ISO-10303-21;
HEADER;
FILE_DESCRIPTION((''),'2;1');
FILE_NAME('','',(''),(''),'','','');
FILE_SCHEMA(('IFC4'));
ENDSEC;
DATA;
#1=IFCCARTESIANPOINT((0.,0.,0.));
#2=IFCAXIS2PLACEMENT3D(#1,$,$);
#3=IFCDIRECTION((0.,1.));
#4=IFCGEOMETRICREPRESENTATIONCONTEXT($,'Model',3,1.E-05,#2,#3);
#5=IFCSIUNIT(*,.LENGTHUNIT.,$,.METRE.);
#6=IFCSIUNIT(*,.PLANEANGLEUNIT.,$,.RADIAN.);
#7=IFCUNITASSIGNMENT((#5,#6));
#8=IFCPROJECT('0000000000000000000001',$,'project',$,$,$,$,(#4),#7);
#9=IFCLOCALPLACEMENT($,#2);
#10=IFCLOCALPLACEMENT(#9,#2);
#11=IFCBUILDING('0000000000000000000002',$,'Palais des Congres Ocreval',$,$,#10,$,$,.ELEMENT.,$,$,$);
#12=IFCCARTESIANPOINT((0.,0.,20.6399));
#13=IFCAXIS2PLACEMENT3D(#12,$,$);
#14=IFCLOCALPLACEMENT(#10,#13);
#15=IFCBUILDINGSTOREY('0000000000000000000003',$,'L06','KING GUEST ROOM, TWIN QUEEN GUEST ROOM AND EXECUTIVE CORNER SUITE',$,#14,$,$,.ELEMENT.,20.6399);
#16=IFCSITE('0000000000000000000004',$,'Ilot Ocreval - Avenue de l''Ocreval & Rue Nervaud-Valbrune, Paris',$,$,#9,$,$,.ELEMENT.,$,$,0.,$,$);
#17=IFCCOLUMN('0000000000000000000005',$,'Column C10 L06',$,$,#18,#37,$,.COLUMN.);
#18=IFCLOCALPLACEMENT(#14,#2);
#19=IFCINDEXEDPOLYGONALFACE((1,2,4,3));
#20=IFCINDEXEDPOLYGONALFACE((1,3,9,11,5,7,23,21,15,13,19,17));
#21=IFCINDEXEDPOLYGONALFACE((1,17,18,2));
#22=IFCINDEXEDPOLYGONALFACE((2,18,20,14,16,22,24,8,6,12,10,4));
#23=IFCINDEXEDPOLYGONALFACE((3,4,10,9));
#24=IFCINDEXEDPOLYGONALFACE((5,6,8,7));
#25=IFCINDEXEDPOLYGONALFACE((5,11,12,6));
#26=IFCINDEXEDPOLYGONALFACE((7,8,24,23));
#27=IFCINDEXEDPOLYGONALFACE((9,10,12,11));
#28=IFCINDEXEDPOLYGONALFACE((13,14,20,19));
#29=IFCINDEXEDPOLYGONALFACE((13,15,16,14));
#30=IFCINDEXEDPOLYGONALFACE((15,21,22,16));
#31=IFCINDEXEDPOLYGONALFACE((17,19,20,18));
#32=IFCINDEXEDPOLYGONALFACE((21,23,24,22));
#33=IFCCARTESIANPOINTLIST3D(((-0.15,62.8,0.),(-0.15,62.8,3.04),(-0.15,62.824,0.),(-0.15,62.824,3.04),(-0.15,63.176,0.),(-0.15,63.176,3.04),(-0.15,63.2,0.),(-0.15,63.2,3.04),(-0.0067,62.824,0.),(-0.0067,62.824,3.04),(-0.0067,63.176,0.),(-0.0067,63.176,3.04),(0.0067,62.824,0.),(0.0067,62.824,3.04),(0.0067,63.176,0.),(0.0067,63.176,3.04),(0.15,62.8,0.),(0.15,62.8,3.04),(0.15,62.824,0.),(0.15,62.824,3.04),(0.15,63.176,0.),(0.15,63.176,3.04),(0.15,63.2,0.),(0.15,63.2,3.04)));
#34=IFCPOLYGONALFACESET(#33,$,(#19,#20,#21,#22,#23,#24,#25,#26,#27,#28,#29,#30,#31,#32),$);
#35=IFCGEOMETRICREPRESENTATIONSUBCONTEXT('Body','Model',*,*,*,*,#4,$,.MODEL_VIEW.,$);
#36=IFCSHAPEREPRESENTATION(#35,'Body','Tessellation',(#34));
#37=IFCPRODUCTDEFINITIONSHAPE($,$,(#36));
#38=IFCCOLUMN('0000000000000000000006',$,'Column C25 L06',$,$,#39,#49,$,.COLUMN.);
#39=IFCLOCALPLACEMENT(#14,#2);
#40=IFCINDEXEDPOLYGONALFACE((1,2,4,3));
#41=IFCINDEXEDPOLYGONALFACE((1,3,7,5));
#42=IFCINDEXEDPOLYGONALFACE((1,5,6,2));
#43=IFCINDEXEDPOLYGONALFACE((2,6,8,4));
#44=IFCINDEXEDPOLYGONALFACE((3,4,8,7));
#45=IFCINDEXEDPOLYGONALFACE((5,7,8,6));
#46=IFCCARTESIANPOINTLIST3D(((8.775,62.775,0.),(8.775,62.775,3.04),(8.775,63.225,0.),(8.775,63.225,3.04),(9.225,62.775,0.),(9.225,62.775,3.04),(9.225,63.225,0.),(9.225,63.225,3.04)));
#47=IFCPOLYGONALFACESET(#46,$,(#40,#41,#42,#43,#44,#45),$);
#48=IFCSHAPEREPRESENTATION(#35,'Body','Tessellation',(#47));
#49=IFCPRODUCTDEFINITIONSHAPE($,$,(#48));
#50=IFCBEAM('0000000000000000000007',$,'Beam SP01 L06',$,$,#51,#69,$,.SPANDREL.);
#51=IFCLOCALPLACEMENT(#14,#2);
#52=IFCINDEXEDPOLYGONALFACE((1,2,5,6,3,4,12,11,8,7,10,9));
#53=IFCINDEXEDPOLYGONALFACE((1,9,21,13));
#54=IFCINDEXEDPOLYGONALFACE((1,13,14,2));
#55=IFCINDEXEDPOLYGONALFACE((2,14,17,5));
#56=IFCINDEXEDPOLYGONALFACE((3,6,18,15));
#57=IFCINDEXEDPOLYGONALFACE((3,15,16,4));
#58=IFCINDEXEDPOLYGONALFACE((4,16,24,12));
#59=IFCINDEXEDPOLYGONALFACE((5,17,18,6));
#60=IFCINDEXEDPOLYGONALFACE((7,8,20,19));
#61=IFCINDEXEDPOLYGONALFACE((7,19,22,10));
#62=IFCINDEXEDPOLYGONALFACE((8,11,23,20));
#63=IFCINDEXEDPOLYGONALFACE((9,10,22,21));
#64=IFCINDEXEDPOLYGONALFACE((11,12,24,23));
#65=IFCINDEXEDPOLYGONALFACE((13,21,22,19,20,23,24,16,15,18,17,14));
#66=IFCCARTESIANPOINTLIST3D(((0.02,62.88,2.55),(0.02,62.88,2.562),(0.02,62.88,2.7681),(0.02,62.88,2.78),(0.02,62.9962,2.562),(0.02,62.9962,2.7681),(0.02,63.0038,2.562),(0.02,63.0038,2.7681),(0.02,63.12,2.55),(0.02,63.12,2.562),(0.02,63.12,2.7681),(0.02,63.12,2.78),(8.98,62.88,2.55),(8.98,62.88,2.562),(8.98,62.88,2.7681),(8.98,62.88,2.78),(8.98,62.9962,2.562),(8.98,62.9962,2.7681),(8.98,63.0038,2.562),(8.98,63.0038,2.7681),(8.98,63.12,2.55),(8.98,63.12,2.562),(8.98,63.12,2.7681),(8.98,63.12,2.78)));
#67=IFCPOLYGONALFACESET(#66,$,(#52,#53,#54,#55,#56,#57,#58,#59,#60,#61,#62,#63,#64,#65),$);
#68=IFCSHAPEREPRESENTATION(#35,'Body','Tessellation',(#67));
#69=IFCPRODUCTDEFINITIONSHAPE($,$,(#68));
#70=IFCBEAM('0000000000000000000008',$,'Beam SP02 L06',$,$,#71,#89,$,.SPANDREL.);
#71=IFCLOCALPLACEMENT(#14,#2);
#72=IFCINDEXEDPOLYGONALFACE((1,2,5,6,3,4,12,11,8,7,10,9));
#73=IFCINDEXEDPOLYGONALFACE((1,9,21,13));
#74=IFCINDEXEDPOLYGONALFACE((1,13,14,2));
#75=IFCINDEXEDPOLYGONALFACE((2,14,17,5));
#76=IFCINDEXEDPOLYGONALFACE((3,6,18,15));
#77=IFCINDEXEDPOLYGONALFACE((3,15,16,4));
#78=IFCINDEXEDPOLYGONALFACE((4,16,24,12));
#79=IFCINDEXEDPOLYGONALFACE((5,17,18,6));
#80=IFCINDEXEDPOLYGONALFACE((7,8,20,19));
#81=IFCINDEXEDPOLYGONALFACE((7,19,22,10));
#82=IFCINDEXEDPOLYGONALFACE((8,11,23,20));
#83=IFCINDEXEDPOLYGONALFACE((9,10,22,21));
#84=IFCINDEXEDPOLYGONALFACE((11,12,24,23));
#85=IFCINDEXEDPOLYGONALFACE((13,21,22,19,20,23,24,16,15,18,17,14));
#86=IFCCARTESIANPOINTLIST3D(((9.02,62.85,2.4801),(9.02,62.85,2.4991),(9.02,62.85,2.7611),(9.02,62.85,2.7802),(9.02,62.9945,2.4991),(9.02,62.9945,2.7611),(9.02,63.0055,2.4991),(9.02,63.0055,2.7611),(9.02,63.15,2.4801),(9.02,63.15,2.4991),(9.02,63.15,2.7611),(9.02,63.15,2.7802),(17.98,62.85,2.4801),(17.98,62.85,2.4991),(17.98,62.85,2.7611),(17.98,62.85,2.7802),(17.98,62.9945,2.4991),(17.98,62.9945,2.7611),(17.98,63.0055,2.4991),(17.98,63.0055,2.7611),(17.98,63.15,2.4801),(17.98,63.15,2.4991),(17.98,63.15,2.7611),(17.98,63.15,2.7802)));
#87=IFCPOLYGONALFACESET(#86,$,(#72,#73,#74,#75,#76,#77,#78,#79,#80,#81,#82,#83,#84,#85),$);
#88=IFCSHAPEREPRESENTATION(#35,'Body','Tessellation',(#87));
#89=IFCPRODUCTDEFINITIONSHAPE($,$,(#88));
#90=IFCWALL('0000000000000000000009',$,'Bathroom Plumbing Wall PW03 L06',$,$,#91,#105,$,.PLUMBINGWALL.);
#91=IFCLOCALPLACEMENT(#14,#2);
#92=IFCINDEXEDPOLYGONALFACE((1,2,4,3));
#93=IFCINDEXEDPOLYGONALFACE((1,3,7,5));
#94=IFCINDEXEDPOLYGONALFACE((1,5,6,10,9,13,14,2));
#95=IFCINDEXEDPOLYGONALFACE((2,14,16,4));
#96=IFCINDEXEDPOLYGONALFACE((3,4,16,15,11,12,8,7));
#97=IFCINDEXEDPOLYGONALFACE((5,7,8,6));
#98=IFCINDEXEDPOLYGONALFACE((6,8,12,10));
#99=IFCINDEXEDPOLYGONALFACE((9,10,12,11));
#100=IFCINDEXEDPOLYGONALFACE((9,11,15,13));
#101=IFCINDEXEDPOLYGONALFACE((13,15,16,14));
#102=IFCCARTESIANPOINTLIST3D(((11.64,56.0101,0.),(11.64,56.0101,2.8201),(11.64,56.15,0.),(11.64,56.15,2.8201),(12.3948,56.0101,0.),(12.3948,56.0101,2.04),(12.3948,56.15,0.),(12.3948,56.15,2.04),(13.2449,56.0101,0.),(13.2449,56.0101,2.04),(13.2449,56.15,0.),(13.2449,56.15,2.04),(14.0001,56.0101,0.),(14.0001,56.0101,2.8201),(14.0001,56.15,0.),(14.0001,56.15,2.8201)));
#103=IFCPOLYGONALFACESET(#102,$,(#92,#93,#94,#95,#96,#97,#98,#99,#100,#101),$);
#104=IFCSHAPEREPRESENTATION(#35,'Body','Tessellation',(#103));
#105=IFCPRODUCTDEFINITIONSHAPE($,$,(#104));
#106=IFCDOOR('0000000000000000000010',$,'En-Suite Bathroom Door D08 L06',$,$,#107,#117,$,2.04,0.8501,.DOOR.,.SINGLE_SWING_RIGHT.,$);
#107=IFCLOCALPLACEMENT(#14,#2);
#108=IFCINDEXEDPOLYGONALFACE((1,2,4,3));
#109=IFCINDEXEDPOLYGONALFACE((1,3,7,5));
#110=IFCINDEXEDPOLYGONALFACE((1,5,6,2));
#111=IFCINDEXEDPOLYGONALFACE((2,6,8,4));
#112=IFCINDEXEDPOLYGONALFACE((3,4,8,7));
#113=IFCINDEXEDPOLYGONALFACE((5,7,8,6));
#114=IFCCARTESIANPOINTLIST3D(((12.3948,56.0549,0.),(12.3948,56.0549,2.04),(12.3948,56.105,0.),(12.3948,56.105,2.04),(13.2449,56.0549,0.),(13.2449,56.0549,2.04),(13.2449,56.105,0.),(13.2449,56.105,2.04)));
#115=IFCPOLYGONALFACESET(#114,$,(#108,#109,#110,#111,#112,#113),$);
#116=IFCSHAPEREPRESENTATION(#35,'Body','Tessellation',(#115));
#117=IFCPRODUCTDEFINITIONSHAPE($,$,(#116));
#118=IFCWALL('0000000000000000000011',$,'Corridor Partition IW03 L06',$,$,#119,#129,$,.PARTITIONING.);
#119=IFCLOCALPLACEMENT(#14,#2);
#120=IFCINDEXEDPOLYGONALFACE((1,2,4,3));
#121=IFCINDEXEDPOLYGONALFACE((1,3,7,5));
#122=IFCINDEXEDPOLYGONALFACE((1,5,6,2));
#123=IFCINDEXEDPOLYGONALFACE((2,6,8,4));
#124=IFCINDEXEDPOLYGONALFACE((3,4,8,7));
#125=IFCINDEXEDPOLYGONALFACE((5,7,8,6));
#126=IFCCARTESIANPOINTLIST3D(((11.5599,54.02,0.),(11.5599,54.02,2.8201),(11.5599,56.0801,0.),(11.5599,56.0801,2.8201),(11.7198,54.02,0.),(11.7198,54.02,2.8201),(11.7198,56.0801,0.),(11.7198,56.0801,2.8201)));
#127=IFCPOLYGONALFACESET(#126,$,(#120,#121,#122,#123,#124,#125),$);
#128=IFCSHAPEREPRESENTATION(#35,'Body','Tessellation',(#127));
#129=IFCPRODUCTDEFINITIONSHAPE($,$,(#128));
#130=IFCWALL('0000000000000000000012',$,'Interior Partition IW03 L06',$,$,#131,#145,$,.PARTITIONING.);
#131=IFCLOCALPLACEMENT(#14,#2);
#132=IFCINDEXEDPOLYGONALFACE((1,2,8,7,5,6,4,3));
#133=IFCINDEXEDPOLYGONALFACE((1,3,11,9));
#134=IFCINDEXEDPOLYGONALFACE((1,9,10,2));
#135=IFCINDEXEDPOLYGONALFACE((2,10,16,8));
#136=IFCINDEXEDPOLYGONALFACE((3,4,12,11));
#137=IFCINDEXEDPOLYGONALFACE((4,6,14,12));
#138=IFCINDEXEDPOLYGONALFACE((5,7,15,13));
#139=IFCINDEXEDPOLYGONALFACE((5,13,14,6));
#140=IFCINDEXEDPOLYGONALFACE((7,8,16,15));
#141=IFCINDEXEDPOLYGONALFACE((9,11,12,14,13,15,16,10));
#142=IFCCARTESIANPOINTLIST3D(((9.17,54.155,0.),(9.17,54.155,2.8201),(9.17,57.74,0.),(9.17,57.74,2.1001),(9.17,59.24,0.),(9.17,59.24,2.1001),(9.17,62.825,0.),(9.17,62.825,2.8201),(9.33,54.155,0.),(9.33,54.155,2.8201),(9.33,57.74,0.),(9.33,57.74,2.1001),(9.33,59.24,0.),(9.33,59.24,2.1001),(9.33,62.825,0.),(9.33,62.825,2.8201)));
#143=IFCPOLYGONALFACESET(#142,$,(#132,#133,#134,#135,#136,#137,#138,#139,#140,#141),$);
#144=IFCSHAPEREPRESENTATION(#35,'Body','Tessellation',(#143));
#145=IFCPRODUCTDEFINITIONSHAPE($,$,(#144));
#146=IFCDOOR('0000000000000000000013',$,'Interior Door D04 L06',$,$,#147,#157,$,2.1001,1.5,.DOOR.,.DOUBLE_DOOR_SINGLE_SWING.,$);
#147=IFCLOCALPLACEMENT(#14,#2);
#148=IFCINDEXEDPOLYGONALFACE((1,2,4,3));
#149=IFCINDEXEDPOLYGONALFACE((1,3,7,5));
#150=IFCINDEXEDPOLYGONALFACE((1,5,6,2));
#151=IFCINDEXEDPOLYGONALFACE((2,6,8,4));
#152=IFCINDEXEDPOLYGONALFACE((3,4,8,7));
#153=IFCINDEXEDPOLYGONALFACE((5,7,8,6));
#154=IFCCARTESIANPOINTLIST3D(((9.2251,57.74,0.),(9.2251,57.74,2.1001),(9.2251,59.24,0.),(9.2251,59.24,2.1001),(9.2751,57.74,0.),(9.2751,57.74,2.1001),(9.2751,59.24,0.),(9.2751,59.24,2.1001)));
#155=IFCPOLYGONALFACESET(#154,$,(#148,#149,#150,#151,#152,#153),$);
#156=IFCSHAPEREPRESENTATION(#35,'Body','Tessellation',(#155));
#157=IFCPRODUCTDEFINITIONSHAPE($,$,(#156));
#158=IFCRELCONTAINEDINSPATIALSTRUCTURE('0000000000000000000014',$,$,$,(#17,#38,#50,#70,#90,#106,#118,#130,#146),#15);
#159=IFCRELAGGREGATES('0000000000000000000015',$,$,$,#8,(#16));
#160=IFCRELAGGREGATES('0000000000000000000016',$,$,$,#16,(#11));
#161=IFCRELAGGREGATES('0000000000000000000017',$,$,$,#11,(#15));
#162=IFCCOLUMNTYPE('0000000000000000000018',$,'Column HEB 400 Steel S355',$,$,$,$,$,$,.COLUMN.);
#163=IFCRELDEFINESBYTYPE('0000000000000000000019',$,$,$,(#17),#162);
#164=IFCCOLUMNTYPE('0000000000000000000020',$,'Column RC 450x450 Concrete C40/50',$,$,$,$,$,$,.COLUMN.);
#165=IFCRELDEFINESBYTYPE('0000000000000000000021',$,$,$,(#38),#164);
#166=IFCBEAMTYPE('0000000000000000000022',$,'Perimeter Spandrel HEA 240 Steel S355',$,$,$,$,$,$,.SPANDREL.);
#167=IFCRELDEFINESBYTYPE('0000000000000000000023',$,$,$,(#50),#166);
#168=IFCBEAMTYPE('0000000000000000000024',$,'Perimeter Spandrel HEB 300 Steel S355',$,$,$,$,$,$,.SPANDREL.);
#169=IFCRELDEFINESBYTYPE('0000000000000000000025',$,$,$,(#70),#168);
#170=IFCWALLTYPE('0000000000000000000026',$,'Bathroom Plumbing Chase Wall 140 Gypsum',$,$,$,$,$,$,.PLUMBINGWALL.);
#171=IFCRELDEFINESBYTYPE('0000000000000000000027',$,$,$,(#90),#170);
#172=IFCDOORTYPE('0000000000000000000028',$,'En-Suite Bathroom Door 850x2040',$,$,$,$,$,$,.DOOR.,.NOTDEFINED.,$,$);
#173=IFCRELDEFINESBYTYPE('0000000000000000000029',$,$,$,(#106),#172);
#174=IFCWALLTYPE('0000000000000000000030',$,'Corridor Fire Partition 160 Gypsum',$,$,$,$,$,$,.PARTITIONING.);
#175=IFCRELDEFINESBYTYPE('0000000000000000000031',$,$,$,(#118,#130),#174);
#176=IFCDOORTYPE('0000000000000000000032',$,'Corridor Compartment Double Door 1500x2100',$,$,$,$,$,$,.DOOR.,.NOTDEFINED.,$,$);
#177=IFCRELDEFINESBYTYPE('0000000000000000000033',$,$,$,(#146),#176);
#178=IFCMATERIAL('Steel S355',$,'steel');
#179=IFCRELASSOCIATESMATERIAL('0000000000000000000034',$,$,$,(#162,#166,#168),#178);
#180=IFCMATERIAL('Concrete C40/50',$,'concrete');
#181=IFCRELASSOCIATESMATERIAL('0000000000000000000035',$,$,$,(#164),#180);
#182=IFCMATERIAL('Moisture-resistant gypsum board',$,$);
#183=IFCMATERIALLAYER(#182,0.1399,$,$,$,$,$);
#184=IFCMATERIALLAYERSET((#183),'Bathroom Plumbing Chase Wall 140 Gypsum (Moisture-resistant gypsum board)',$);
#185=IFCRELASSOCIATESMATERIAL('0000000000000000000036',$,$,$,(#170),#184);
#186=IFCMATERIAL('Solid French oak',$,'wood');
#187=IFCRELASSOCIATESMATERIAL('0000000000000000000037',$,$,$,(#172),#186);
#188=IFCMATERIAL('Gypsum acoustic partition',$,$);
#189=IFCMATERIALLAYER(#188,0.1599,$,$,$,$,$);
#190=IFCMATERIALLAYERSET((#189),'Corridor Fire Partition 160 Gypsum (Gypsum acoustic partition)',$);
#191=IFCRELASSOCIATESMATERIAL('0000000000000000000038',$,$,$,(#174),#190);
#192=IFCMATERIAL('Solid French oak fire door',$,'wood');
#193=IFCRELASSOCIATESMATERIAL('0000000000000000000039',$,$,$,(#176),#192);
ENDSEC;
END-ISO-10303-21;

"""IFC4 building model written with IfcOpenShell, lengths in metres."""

from ifc_helpers import new_model, si_unit, direction, frame, frame_2d, origin, origin_2d, place, context, subcontext, project, spatial, rectangle, i_section, extrude, material, layer, layer_set, material_profile, profile_set, type_object, element, fill, save


model = new_model("IFC4")

# Units and contexts
model_context = context("Model", 3, precision=1e-05, world=origin(), true_north=direction((0.0, 1.0)))
body_context = subcontext(model_context, "Body", "Model", "MODEL_VIEW")
ifc_project = project(units=[si_unit("LENGTHUNIT", "METRE"), si_unit("PLANEANGLEUNIT", "RADIAN")], contexts=[model_context])

# Site, building, storey
site_placement = place(None, origin())
site = spatial("IfcSite", under=ifc_project, at=site_placement, Name="Ilot Ocreval - Avenue de l'Ocreval & Rue Nervaud-Valbrune, Paris", CompositionType="ELEMENT", RefElevation=0.0)
building_placement = place(site_placement, origin())
building = spatial("IfcBuilding", under=site, at=building_placement, Name="Palais des Congres Ocreval", CompositionType="ELEMENT")
storey_placement = place(building_placement, frame((0.0, 0.0, 20.6399)))
storey = spatial("IfcBuildingStorey", under=building, at=storey_placement, Name="L06", Description="KING GUEST ROOM, TWIN QUEEN GUEST ROOM AND EXECUTIVE CORNER SUITE", CompositionType="ELEMENT", Elevation=20.6399)

# Columns
ifc_material_1 = material(Name="Steel S355", Category="steel")
ifc_material_profile_1 = material_profile(ifc_material_1, i_section(OverallWidth=0.3, OverallDepth=0.3999, WebThickness=0.0134, FlangeThickness=0.0239, at=origin_2d()), Name="HEB 400")
ifc_profile_set_1 = profile_set([ifc_material_profile_1], Name="Steel S355")
column_type_1 = type_object("IfcColumnType", Name="Column HEB 400 Steel S355", PredefinedType="COLUMN", material=ifc_profile_set_1)
column_1_placement = place(storey_placement, frame((0.0, 63.0, 0.0), z_axis=(0.0, 0.0, 1.0), x_axis=(1.0, 0.0, 0.0)))
element("IfcColumn", 1, at=column_1_placement, inside=storey, type_object=column_type_1, Name="Column C10 L06", PredefinedType="COLUMN", context=body_context, shape_type="SweptSolid", body=[
    extrude(i_section(OverallWidth=0.3, OverallDepth=0.3999, WebThickness=0.0134, FlangeThickness=0.0239, at=origin_2d()), origin(), (0.0, 0.0, 1.0), 3.04),
])
ifc_material_2 = material(Name="Concrete C40/50", Category="concrete")
ifc_material_profile_2 = material_profile(ifc_material_2, rectangle(XDim=0.45, YDim=0.45, at=origin_2d()), Name="RC 450x450")
ifc_profile_set_2 = profile_set([ifc_material_profile_2], Name="Concrete C40/50")
column_type_2 = type_object("IfcColumnType", Name="Column RC 450x450 Concrete C40/50", PredefinedType="COLUMN", material=ifc_profile_set_2)
column_2_placement = place(storey_placement, frame((9.0, 63.0, 0.0), z_axis=(0.0, 0.0, 1.0), x_axis=(1.0, 0.0, 0.0)))
element("IfcColumn", 2, at=column_2_placement, inside=storey, type_object=column_type_2, Name="Column C25 L06", PredefinedType="COLUMN", context=body_context, shape_type="SweptSolid", body=[
    extrude(rectangle(XDim=0.45, YDim=0.45, at=origin_2d()), origin(), (0.0, 0.0, 1.0), 3.04),
])

# Beams
ifc_material_profile_3 = material_profile(ifc_material_1, i_section(OverallWidth=0.24, OverallDepth=0.23, WebThickness=0.0076, FlangeThickness=0.012, at=origin_2d()), Name="HEA 240")
ifc_profile_set_3 = profile_set([ifc_material_profile_3], Name="Steel S355")
beam_type_1 = type_object("IfcBeamType", Name="Perimeter Spandrel HEA 240 Steel S355", PredefinedType="SPANDREL", material=ifc_profile_set_3)
beam_1_placement = place(storey_placement, frame((0.02, 63.0, 2.665), z_axis=(1.0, 0.0, 0.0), x_axis=(0.0, 1.0, 0.0)))
element("IfcBeam", 3, at=beam_1_placement, inside=storey, type_object=beam_type_1, Name="Beam SP01 L06", PredefinedType="SPANDREL", context=body_context, shape_type="SweptSolid", body=[
    extrude(i_section(OverallWidth=0.24, OverallDepth=0.23, WebThickness=0.0076, FlangeThickness=0.012, at=origin_2d()), origin(), (0.0, 0.0, 1.0), 8.96),
])
ifc_material_profile_4 = material_profile(ifc_material_1, i_section(OverallWidth=0.3, OverallDepth=0.3, WebThickness=0.011, FlangeThickness=0.019, at=origin_2d()), Name="HEB 300")
ifc_profile_set_4 = profile_set([ifc_material_profile_4], Name="Steel S355")
beam_type_2 = type_object("IfcBeamType", Name="Perimeter Spandrel HEB 300 Steel S355", PredefinedType="SPANDREL", material=ifc_profile_set_4)
beam_2_placement = place(storey_placement, frame((9.02, 63.0, 2.6301), z_axis=(1.0, 0.0, 0.0), x_axis=(0.0, 1.0, 0.0)))
element("IfcBeam", 4, at=beam_2_placement, inside=storey, type_object=beam_type_2, Name="Beam SP02 L06", PredefinedType="SPANDREL", context=body_context, shape_type="SweptSolid", body=[
    extrude(i_section(OverallWidth=0.3, OverallDepth=0.3, WebThickness=0.011, FlangeThickness=0.019, at=origin_2d()), origin(), (0.0, 0.0, 1.0), 8.96),
])

# Wall, opening, door
ifc_material_3 = material(Name="Moisture-resistant gypsum board")
ifc_layer_1 = layer(ifc_material_3, 0.1399)
ifc_layer_set_1 = layer_set([ifc_layer_1], Name="Bathroom Plumbing Chase Wall 140 Gypsum (Moisture-resistant gypsum board)")
wall_type_1 = type_object("IfcWallType", Name="Bathroom Plumbing Chase Wall 140 Gypsum", PredefinedType="PLUMBINGWALL", material=ifc_layer_set_1)
wall_1_placement = place(storey_placement, frame((11.6399, 56.0801, 0.0), z_axis=(0.0, 0.0, 1.0), x_axis=(1.0, 0.0, 0.0)))
wall_1 = element("IfcWall", 5, at=wall_1_placement, inside=storey, type_object=wall_type_1, Name="Bathroom Plumbing Wall PW03 L06", PredefinedType="PLUMBINGWALL", context=body_context, shape_type="SweptSolid", body=[
    extrude(rectangle(XDim=2.3601, YDim=0.1399, at=frame_2d((1.1802, 0.0))), origin(), (0.0, 0.0, 1.0), 2.8201),
])
opening_1_placement = place(wall_1_placement, frame((0.7549, 0.0, 0.0)))
opening_1 = element("IfcOpeningElement", 6, at=opening_1_placement, cuts=wall_1, PredefinedType="OPENING", context=body_context, shape_type="SweptSolid", body=[
    extrude(rectangle(XDim=0.8501, YDim=2.04, at=frame_2d((0.425, 1.02))), frame((0.0, 0.0798, 0.0), z_axis=(0.0, -1.0, 0.0), x_axis=(1.0, 0.0, 0.0)), (0.0, 0.0, 1.0), 0.1599),
])
ifc_material_4 = material(Name="Solid French oak", Category="wood")
door_type_1 = type_object("IfcDoorType", Name="En-Suite Bathroom Door 850x2040", OperationType="NOTDEFINED", PredefinedType="DOOR", material=ifc_material_4)
door_1_placement = place(opening_1_placement, origin())
door_1 = element("IfcDoor", 7, at=door_1_placement, inside=storey, type_object=door_type_1, Name="En-Suite Bathroom Door D08 L06", OperationType="SINGLE_SWING_RIGHT", OverallHeight=2.04, OverallWidth=0.8501, PredefinedType="DOOR", context=body_context, shape_type="SweptSolid", body=[
    extrude(rectangle(XDim=0.8501, YDim=2.04, at=frame_2d((0.425, 1.02))), frame((0.0, 0.0249, 0.0), z_axis=(0.0, -1.0, 0.0), x_axis=(1.0, 0.0, 0.0)), (0.0, 0.0, 1.0), 0.05),
])
fill(opening_1, door_1)

# Wall
ifc_material_5 = material(Name="Gypsum acoustic partition")
ifc_layer_2 = layer(ifc_material_5, 0.1599)
ifc_layer_set_2 = layer_set([ifc_layer_2], Name="Corridor Fire Partition 160 Gypsum (Gypsum acoustic partition)")
wall_type_2 = type_object("IfcWallType", Name="Corridor Fire Partition 160 Gypsum", PredefinedType="PARTITIONING", material=ifc_layer_set_2)
wall_2_placement = place(storey_placement, frame((11.6399, 54.02, 0.0), z_axis=(0.0, 0.0, 1.0), x_axis=(0.0, 1.0, 0.0)))
element("IfcWall", 8, at=wall_2_placement, inside=storey, type_object=wall_type_2, Name="Corridor Partition IW03 L06", PredefinedType="PARTITIONING", context=body_context, shape_type="SweptSolid", body=[
    extrude(rectangle(XDim=2.0601, YDim=0.1599, at=frame_2d((1.03, 0.0))), origin(), (0.0, 0.0, 1.0), 2.8201),
])

# Wall, opening, door
wall_3_placement = place(storey_placement, frame((9.25, 54.155, 0.0), z_axis=(0.0, 0.0, 1.0), x_axis=(0.0, 1.0, 0.0)))
wall_3 = element("IfcWall", 9, at=wall_3_placement, inside=storey, type_object=wall_type_2, Name="Interior Partition IW03 L06", PredefinedType="PARTITIONING", context=body_context, shape_type="SweptSolid", body=[
    extrude(rectangle(XDim=8.6699, YDim=0.1599, at=frame_2d((4.335, 0.0))), origin(), (0.0, 0.0, 1.0), 2.8201),
])
opening_2_placement = place(wall_3_placement, frame((3.585, 0.0, 0.0)))
opening_2 = element("IfcOpeningElement", 10, at=opening_2_placement, cuts=wall_3, PredefinedType="OPENING", context=body_context, shape_type="SweptSolid", body=[
    extrude(rectangle(XDim=1.5, YDim=2.1001, at=frame_2d((0.75, 1.05))), frame((0.0, 0.0898, 0.0), z_axis=(0.0, -1.0, 0.0), x_axis=(1.0, 0.0, 0.0)), (0.0, 0.0, 1.0), 0.1799),
])
ifc_material_6 = material(Name="Solid French oak fire door", Category="wood")
door_type_2 = type_object("IfcDoorType", Name="Corridor Compartment Double Door 1500x2100", OperationType="NOTDEFINED", PredefinedType="DOOR", material=ifc_material_6)
door_2_placement = place(opening_2_placement, origin())
door_2 = element("IfcDoor", 11, at=door_2_placement, inside=storey, type_object=door_type_2, Name="Interior Door D04 L06", OperationType="DOUBLE_DOOR_SINGLE_SWING", OverallHeight=2.1001, OverallWidth=1.5, PredefinedType="DOOR", context=body_context, shape_type="SweptSolid", body=[
    extrude(rectangle(XDim=1.5, YDim=2.1001, at=frame_2d((0.75, 1.05))), frame((0.0, 0.0249, 0.0), z_axis=(0.0, -1.0, 0.0), x_axis=(1.0, 0.0, 0.0)), (0.0, 0.0, 1.0), 0.05),
])
fill(opening_2, door_2)

save(model, "model.ifc")
